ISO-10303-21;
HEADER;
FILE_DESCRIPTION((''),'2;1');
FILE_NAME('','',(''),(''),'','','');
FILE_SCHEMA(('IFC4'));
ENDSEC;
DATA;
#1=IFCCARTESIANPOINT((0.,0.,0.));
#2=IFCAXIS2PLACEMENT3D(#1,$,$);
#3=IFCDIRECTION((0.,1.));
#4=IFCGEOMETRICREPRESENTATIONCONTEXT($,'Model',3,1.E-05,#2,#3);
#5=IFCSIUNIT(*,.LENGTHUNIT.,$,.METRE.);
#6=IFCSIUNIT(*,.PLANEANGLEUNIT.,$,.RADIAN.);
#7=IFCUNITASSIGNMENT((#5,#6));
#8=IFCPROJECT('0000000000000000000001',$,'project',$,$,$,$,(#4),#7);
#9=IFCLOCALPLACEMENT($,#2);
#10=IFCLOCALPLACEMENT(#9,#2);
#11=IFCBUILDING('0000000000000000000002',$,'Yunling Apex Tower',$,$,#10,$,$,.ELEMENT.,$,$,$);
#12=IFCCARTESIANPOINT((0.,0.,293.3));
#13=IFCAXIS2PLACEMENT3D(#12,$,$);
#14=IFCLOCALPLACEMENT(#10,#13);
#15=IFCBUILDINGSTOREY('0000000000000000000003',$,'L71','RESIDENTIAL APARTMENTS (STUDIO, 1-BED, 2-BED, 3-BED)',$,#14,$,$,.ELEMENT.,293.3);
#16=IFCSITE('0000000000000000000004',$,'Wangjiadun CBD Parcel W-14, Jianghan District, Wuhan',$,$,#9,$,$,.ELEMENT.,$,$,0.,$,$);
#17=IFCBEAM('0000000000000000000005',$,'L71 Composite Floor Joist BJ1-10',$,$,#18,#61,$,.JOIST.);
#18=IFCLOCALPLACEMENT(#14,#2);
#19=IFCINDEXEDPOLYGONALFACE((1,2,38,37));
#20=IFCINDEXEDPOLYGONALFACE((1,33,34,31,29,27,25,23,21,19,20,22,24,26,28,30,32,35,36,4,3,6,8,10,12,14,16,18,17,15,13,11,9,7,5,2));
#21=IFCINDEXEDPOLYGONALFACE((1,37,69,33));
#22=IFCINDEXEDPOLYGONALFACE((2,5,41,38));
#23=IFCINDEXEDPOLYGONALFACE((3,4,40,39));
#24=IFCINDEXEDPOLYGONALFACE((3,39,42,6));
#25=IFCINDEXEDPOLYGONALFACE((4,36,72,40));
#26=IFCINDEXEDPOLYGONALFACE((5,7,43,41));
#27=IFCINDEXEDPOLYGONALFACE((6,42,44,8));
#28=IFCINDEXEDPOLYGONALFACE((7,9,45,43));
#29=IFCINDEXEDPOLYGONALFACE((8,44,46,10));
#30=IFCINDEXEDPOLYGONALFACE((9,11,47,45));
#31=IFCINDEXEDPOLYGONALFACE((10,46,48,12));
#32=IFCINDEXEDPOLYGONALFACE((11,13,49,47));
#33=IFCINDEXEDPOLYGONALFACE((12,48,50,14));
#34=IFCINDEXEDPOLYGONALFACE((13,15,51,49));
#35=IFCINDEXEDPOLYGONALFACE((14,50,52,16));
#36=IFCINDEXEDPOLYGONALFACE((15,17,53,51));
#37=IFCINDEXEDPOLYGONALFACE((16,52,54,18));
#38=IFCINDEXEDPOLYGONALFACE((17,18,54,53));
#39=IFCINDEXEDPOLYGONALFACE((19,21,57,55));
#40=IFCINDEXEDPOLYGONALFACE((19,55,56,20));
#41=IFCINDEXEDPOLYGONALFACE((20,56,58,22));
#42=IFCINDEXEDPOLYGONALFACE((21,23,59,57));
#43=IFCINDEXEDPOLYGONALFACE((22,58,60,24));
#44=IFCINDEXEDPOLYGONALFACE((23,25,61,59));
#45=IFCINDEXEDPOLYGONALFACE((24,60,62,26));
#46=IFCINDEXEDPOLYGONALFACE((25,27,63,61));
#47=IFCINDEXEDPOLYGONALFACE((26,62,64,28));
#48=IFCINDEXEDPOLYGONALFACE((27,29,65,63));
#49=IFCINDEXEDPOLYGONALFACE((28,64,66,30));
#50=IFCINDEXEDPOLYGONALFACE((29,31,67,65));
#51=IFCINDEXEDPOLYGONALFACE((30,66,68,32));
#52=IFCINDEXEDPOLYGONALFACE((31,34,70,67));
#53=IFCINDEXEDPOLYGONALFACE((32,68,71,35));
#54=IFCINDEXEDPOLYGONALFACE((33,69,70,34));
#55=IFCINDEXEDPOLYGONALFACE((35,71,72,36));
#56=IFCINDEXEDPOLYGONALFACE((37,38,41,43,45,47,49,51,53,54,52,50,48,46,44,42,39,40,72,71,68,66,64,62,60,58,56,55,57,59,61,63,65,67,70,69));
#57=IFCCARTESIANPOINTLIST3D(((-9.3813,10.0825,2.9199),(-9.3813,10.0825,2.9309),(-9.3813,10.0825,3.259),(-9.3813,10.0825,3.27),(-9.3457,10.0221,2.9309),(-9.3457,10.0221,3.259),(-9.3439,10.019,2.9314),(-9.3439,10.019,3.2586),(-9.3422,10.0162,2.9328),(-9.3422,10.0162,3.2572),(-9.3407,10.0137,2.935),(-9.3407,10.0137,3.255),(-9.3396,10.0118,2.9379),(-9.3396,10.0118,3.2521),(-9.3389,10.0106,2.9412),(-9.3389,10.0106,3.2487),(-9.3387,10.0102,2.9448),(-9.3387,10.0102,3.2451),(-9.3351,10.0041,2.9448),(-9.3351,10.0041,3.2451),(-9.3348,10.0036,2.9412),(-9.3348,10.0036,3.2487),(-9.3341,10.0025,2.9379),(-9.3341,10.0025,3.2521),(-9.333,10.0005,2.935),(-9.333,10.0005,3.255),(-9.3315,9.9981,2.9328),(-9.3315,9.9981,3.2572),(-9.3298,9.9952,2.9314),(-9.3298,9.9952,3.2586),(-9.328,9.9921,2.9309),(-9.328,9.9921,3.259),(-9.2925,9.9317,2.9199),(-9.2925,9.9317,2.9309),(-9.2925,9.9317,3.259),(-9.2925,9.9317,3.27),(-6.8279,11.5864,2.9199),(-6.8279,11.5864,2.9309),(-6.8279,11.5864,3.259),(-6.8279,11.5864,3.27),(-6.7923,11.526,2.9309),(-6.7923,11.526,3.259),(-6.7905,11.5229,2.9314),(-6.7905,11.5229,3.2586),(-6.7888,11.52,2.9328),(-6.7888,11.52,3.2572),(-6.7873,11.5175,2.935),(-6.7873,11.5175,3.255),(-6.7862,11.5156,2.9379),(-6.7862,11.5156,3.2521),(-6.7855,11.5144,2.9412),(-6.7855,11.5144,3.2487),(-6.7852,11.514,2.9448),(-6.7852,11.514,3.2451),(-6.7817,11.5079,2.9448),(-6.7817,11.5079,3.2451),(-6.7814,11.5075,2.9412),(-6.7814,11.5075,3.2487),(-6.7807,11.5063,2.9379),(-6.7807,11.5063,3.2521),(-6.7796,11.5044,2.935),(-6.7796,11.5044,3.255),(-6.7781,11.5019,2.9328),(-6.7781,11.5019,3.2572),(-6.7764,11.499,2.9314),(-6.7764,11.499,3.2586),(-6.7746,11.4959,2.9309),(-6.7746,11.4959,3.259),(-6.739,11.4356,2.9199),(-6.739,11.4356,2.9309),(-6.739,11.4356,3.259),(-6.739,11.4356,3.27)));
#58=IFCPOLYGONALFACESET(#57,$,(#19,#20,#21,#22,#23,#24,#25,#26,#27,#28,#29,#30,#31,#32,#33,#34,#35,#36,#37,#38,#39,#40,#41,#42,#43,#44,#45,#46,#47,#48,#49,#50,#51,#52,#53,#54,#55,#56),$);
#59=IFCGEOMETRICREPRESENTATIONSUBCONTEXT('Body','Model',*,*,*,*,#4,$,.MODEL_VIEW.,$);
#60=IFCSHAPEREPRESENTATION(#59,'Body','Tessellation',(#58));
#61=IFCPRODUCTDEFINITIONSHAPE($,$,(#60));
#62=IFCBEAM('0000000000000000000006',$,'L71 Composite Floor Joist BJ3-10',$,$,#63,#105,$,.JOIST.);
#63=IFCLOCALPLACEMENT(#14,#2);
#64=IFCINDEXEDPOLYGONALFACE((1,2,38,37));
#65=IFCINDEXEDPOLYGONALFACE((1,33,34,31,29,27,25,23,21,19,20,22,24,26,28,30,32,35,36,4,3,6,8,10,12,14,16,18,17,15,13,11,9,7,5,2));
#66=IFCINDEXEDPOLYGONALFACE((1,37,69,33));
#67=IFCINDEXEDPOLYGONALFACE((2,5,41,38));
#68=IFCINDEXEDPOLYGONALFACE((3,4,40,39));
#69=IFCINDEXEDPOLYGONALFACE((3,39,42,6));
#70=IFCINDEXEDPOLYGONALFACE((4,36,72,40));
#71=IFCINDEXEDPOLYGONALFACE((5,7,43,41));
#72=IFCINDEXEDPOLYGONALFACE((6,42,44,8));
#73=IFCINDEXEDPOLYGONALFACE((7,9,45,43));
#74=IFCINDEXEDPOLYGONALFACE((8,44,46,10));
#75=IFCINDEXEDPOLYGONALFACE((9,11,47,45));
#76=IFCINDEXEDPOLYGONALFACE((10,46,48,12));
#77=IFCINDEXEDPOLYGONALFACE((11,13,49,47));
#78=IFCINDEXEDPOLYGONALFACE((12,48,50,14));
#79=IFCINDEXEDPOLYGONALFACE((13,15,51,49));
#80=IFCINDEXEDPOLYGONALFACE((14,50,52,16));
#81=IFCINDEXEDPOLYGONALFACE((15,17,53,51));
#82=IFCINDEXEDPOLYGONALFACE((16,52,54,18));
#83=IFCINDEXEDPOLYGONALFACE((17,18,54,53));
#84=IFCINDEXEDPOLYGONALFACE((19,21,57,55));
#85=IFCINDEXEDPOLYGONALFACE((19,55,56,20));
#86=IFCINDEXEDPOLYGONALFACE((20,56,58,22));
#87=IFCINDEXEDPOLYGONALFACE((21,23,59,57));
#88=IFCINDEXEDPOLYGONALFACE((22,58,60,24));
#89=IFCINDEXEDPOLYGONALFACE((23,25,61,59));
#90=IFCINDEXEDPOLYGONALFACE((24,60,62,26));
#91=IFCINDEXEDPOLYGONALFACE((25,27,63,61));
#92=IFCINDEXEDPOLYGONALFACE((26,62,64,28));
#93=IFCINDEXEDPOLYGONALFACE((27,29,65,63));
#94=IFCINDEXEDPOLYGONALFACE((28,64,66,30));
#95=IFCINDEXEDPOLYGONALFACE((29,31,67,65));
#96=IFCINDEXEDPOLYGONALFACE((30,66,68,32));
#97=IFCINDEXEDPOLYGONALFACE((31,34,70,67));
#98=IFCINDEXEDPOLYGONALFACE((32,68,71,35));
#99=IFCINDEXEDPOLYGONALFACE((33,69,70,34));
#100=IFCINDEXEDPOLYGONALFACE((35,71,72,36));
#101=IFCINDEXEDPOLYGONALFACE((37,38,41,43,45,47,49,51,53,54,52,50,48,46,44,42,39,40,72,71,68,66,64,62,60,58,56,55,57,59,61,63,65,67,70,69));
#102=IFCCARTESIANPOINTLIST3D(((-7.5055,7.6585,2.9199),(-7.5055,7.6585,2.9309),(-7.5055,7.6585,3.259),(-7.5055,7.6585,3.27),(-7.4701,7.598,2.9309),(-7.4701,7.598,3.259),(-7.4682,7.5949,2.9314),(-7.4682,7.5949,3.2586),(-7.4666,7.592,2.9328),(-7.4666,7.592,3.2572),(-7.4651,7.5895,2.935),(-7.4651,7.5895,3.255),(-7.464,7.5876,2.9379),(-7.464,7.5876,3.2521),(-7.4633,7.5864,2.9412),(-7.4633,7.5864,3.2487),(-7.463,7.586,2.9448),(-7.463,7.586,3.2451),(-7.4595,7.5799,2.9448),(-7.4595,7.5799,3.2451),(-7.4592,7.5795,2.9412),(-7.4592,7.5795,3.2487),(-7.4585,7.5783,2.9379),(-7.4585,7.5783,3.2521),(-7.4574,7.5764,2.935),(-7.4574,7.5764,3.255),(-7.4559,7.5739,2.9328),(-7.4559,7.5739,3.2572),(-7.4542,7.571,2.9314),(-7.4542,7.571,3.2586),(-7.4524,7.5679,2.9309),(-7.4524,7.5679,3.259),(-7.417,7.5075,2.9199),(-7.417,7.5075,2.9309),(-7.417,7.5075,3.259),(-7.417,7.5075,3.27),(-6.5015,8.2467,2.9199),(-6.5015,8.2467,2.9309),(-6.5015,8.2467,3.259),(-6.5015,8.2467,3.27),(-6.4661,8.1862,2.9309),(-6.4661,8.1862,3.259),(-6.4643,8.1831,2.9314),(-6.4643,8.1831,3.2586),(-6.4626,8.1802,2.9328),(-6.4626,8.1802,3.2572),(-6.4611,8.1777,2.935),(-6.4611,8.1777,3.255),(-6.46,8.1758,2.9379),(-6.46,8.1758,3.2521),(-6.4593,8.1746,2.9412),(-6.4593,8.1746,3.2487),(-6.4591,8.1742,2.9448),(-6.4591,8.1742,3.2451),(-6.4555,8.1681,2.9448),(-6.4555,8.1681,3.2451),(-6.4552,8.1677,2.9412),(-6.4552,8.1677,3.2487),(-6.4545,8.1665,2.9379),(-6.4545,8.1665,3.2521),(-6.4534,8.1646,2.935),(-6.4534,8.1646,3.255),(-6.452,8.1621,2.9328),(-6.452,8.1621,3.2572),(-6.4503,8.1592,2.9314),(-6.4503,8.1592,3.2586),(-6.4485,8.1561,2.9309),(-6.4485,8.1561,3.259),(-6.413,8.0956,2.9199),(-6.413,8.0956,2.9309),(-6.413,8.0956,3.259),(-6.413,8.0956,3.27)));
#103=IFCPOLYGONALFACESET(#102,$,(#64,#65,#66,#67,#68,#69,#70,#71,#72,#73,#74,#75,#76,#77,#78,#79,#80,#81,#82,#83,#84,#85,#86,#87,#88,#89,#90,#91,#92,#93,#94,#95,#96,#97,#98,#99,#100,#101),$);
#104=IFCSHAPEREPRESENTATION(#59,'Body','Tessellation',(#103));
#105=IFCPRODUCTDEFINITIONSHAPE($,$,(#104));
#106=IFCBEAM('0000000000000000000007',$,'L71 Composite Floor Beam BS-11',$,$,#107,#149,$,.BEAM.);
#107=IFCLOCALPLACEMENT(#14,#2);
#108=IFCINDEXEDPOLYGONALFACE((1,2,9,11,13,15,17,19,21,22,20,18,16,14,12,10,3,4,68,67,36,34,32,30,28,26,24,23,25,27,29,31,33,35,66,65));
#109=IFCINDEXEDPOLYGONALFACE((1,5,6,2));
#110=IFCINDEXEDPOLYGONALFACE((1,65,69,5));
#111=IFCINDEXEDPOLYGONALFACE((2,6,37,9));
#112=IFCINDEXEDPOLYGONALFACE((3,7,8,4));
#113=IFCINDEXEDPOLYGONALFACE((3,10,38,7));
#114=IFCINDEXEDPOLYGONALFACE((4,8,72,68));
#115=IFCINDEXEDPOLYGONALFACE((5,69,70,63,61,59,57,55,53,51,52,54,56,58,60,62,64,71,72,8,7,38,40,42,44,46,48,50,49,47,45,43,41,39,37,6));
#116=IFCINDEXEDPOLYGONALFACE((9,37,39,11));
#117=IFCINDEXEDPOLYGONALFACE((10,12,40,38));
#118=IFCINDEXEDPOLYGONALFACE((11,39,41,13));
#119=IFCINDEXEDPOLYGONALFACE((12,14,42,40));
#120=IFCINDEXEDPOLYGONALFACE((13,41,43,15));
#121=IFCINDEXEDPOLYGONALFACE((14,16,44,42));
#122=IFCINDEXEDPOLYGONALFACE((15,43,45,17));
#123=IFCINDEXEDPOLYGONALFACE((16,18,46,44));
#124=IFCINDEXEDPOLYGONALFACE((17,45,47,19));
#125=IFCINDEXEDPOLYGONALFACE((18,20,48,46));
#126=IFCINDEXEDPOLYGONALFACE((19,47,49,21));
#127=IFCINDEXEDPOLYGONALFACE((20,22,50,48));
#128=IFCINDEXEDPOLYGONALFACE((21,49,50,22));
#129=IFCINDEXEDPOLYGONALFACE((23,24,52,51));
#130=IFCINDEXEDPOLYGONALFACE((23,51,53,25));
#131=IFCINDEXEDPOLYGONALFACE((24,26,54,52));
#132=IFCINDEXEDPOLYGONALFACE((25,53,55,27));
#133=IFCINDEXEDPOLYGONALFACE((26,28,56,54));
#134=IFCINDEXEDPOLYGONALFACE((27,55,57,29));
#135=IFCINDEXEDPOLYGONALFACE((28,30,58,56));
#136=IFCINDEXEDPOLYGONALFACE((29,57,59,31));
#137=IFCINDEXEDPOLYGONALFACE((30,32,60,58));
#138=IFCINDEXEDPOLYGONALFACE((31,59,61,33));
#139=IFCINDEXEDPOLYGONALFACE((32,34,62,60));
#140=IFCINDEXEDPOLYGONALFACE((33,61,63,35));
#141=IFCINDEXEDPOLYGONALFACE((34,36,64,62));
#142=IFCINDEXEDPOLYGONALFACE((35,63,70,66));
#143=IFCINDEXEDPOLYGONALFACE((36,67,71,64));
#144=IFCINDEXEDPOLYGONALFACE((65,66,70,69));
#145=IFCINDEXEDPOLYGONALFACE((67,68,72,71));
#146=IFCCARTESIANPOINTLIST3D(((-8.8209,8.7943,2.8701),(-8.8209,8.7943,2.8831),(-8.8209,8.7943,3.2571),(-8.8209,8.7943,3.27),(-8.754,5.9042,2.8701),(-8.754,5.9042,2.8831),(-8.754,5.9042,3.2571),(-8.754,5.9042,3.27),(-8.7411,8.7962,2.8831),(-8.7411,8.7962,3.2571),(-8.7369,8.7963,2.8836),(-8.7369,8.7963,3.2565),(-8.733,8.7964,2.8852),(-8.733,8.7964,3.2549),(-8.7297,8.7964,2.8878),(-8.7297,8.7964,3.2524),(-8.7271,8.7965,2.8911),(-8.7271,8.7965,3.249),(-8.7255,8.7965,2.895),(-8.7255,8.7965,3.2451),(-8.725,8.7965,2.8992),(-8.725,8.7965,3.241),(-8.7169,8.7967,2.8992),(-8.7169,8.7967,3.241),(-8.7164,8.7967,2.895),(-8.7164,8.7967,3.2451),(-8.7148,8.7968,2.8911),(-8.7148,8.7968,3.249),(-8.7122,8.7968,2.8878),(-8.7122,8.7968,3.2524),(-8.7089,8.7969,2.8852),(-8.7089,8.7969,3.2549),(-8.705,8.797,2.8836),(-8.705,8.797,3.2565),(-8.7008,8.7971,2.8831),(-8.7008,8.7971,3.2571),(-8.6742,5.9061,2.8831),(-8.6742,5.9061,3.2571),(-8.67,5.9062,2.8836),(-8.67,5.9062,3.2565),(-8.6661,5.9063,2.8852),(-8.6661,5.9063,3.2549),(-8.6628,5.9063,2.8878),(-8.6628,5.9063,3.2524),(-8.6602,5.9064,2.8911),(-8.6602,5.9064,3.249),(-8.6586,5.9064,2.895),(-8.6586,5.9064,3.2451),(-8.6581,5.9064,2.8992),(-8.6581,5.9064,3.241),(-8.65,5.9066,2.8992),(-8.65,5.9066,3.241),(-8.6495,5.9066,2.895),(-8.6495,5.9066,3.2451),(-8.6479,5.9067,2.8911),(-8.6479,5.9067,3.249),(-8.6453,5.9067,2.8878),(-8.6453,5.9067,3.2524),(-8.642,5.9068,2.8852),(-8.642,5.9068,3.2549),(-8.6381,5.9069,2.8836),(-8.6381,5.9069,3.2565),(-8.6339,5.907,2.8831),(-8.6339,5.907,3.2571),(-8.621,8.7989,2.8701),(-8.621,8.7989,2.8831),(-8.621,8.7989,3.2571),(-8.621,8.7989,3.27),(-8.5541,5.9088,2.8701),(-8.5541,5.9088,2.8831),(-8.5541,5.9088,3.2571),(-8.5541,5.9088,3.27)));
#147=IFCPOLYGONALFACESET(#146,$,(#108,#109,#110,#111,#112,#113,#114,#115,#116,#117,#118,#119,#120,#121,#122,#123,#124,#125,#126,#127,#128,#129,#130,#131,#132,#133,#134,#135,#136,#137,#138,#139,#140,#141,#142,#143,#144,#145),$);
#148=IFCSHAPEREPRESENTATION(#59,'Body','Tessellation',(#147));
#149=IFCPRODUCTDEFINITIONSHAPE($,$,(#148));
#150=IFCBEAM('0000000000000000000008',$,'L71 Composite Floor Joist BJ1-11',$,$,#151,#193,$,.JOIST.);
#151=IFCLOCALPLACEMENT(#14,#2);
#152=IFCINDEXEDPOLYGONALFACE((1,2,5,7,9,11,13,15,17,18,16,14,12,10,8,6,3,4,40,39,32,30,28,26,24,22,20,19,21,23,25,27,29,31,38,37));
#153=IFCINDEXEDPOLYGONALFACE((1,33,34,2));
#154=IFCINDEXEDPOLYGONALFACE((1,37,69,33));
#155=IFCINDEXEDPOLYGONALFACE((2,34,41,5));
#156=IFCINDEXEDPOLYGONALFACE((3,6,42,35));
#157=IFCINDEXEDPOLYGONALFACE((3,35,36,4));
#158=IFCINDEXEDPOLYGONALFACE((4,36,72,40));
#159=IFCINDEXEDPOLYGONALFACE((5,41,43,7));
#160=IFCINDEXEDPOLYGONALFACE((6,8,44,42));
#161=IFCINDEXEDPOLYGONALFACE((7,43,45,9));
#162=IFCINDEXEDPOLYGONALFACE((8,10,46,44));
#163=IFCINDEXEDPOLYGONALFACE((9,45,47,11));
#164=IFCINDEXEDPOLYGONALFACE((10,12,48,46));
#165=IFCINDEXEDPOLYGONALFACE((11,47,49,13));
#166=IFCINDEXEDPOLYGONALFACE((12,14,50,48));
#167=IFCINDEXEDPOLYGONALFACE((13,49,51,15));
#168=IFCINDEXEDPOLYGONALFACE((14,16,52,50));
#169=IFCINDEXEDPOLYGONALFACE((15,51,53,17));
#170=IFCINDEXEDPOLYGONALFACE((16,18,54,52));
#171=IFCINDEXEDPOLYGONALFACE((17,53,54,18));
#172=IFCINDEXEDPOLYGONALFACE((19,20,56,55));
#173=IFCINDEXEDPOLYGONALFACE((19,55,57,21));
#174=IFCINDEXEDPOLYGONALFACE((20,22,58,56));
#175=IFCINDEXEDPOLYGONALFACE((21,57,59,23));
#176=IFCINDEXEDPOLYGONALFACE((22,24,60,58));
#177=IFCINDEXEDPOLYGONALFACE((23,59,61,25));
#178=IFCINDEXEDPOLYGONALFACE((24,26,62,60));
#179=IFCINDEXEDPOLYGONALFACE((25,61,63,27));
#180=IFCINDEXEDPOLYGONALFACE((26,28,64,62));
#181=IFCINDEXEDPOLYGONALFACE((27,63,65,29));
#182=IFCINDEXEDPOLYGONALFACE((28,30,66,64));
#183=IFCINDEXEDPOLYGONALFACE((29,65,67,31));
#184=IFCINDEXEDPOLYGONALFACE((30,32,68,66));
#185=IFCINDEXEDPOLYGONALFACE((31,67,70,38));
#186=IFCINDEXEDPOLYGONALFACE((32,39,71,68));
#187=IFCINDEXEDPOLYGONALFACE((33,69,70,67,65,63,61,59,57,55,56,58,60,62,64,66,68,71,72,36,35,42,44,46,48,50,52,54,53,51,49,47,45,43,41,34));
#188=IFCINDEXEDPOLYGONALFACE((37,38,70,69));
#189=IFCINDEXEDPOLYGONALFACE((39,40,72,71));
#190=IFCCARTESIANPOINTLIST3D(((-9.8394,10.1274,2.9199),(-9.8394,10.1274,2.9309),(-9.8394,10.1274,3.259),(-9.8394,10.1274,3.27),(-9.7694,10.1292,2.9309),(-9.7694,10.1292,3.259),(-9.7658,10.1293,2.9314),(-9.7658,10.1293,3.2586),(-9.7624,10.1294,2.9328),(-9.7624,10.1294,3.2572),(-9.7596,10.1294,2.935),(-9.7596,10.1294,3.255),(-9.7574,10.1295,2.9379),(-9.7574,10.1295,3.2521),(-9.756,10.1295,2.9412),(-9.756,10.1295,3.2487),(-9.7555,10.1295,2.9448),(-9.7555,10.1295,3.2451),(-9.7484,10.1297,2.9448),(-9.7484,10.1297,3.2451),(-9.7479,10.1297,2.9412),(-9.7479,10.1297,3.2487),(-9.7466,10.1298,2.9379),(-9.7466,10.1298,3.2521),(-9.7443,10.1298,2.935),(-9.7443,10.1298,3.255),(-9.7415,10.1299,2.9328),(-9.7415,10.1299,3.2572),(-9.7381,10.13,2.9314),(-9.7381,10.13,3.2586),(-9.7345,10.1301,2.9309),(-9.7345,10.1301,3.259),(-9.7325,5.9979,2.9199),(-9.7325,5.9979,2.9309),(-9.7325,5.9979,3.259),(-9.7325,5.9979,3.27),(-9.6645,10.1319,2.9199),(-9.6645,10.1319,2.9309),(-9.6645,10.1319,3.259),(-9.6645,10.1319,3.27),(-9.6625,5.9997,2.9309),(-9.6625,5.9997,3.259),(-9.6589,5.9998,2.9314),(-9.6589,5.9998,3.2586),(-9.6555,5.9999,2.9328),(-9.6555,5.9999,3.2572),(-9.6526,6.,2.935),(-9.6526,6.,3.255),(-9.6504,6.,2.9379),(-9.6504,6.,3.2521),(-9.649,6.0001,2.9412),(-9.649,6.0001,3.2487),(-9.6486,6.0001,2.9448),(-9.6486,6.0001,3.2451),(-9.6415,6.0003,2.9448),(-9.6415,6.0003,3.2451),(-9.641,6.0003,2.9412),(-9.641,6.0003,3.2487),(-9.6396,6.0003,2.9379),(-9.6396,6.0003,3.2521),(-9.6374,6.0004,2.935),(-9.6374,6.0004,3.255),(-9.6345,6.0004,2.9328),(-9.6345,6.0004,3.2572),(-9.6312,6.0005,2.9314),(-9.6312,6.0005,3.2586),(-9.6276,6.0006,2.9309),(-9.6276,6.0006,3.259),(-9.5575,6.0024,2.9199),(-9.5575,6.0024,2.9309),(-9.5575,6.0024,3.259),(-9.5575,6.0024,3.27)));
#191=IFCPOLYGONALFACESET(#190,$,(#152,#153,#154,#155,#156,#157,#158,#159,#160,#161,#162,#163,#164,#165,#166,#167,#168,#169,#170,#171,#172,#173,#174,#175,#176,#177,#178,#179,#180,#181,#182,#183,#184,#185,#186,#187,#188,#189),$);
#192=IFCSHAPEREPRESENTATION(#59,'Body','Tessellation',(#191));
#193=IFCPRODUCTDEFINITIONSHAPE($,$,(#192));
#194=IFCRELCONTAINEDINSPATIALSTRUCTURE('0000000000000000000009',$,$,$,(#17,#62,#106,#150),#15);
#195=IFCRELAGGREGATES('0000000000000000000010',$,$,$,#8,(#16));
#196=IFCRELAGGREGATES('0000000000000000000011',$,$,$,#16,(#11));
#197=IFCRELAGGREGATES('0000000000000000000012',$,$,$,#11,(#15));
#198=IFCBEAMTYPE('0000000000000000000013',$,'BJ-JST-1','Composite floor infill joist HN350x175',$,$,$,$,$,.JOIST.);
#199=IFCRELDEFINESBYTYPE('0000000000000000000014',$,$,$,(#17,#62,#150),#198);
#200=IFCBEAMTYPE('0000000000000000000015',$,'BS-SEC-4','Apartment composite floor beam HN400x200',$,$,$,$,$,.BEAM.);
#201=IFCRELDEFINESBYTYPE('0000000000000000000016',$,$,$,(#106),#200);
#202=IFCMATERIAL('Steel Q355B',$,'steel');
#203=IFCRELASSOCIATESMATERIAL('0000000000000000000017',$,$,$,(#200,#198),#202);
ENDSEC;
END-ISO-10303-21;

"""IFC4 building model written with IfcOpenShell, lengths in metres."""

from ifc_helpers import new_model, si_unit, direction, frame, origin, origin_2d, place, context, subcontext, project, spatial, i_section, extrude, source, transform, mapped, material, material_profile, profile_set, type_object, element, save


model = new_model("IFC4")

# Units and contexts
model_context = context("Model", 3, precision=1e-05, world=origin(), true_north=direction((0.0, 1.0)))
body_context = subcontext(model_context, "Body", "Model", "MODEL_VIEW")
ifc_project = project(units=[si_unit("LENGTHUNIT", "METRE"), si_unit("PLANEANGLEUNIT", "RADIAN")], contexts=[model_context])

# Site, building, storey
site_placement = place(None, origin())
site = spatial("IfcSite", under=ifc_project, at=site_placement, Name="Wangjiadun CBD Parcel W-14, Jianghan District, Wuhan", CompositionType="ELEMENT", RefElevation=0.0)
building_placement = place(site_placement, origin())
building = spatial("IfcBuilding", under=site, at=building_placement, Name="Yunling Apex Tower", CompositionType="ELEMENT")
storey_placement = place(building_placement, frame((0.0, 0.0, 293.3)))
storey = spatial("IfcBuildingStorey", under=building, at=storey_placement, Name="L71", Description="RESIDENTIAL APARTMENTS (STUDIO, 1-BED, 2-BED, 3-BED)", CompositionType="ELEMENT", Elevation=293.3)

# Shared definitions
ifc_material_1 = material(Name="Steel Q355B", Category="steel")

# Beams
ifc_material_profile_1 = material_profile(ifc_material_1, i_section(OverallWidth=0.2, OverallDepth=0.3999, WebThickness=0.0081, FlangeThickness=0.0129, FilletRadius=0.0161, at=origin_2d()))
ifc_profile_set_1 = profile_set([ifc_material_profile_1], Name="Steel Q355B")
beam_type_1 = type_object("IfcBeamType", Name="BS-SEC-4", Description="Apartment composite floor beam HN400x200", PredefinedType="BEAM", material=ifc_profile_set_1)
ifc_material_profile_2 = material_profile(ifc_material_1, i_section(OverallWidth=0.175, OverallDepth=0.3501, WebThickness=0.0071, FlangeThickness=0.011, FilletRadius=0.0139, at=origin_2d()))
ifc_profile_set_2 = profile_set([ifc_material_profile_2], Name="Steel Q355B")
beam_type_2 = type_object("IfcBeamType", Name="BJ-JST-1", Description="Composite floor infill joist HN350x175", PredefinedType="JOIST", material=ifc_profile_set_2)
shared_shape_1 = source(origin(), body_context, "Body", "SweptSolid", [
    extrude(i_section(OverallWidth=0.175, OverallDepth=0.3501, WebThickness=0.0071, FlangeThickness=0.011, FilletRadius=0.0139, at=origin_2d()), origin(), (0.0, 0.0, 1.0), 2.9634),
])
beam_1_placement = place(storey_placement, frame((-6.7834, 11.511, 3.095), z_axis=(-0.861659, -0.507488, 0.0), x_axis=(0.507488, -0.861659, 0.0)))
element("IfcBeam", 1, at=beam_1_placement, inside=storey, type_object=beam_type_2, Name="L71 Composite Floor Joist BJ1-10", PredefinedType="JOIST", context=body_context, shape_type="MappedRepresentation", body=[
    mapped(shared_shape_1, transform((0.0, 0.0, 0.0), scale=1.0)),
])
shared_shape_2 = source(origin(), body_context, "Body", "SweptSolid", [
    extrude(i_section(OverallWidth=0.175, OverallDepth=0.3501, WebThickness=0.0071, FlangeThickness=0.011, FilletRadius=0.0139, at=origin_2d()), origin(), (0.0, 0.0, 1.0), 1.1636),
])
beam_2_placement = place(storey_placement, frame((-6.4573, 8.1711, 3.095), z_axis=(-0.862834, -0.505488, 0.0), x_axis=(0.505488, -0.862834, 0.0)))
element("IfcBeam", 2, at=beam_2_placement, inside=storey, type_object=beam_type_2, Name="L71 Composite Floor Joist BJ3-10", PredefinedType="JOIST", context=body_context, shape_type="MappedRepresentation", body=[
    mapped(shared_shape_2, transform((0.0, 0.0, 0.0), scale=1.0)),
])
shared_shape_3 = source(origin(), body_context, "Body", "SweptSolid", [
    extrude(i_section(OverallWidth=0.2, OverallDepth=0.3999, WebThickness=0.0081, FlangeThickness=0.0129, FilletRadius=0.0161, at=origin_2d()), origin(), (0.0, 0.0, 1.0), 2.8909),
])
beam_3_placement = place(storey_placement, frame((-8.7209, 8.7966, 3.0701), z_axis=(0.02314, -0.999732, 0.0), x_axis=(0.999732, 0.02314, 0.0)))
element("IfcBeam", 3, at=beam_3_placement, inside=storey, type_object=beam_type_1, Name="L71 Composite Floor Beam BS-11", PredefinedType="BEAM", context=body_context, shape_type="MappedRepresentation", body=[
    mapped(shared_shape_3, transform((0.0, 0.0, 0.0), scale=1.0)),
])
shared_shape_4 = source(origin(), body_context, "Body", "SweptSolid", [
    extrude(i_section(OverallWidth=0.175, OverallDepth=0.3501, WebThickness=0.0071, FlangeThickness=0.011, FilletRadius=0.0139, at=origin_2d()), origin(), (0.0, 0.0, 1.0), 4.1309),
])
beam_4_placement = place(storey_placement, frame((-9.752, 10.1296, 3.095), z_axis=(0.025887, -0.999665, 0.0), x_axis=(0.999665, 0.025887, 0.0)))
element("IfcBeam", 4, at=beam_4_placement, inside=storey, type_object=beam_type_2, Name="L71 Composite Floor Joist BJ1-11", PredefinedType="JOIST", context=body_context, shape_type="MappedRepresentation", body=[
    mapped(shared_shape_4, transform((0.0, 0.0, 0.0), scale=1.0)),
])

save(model, "model.ifc")
